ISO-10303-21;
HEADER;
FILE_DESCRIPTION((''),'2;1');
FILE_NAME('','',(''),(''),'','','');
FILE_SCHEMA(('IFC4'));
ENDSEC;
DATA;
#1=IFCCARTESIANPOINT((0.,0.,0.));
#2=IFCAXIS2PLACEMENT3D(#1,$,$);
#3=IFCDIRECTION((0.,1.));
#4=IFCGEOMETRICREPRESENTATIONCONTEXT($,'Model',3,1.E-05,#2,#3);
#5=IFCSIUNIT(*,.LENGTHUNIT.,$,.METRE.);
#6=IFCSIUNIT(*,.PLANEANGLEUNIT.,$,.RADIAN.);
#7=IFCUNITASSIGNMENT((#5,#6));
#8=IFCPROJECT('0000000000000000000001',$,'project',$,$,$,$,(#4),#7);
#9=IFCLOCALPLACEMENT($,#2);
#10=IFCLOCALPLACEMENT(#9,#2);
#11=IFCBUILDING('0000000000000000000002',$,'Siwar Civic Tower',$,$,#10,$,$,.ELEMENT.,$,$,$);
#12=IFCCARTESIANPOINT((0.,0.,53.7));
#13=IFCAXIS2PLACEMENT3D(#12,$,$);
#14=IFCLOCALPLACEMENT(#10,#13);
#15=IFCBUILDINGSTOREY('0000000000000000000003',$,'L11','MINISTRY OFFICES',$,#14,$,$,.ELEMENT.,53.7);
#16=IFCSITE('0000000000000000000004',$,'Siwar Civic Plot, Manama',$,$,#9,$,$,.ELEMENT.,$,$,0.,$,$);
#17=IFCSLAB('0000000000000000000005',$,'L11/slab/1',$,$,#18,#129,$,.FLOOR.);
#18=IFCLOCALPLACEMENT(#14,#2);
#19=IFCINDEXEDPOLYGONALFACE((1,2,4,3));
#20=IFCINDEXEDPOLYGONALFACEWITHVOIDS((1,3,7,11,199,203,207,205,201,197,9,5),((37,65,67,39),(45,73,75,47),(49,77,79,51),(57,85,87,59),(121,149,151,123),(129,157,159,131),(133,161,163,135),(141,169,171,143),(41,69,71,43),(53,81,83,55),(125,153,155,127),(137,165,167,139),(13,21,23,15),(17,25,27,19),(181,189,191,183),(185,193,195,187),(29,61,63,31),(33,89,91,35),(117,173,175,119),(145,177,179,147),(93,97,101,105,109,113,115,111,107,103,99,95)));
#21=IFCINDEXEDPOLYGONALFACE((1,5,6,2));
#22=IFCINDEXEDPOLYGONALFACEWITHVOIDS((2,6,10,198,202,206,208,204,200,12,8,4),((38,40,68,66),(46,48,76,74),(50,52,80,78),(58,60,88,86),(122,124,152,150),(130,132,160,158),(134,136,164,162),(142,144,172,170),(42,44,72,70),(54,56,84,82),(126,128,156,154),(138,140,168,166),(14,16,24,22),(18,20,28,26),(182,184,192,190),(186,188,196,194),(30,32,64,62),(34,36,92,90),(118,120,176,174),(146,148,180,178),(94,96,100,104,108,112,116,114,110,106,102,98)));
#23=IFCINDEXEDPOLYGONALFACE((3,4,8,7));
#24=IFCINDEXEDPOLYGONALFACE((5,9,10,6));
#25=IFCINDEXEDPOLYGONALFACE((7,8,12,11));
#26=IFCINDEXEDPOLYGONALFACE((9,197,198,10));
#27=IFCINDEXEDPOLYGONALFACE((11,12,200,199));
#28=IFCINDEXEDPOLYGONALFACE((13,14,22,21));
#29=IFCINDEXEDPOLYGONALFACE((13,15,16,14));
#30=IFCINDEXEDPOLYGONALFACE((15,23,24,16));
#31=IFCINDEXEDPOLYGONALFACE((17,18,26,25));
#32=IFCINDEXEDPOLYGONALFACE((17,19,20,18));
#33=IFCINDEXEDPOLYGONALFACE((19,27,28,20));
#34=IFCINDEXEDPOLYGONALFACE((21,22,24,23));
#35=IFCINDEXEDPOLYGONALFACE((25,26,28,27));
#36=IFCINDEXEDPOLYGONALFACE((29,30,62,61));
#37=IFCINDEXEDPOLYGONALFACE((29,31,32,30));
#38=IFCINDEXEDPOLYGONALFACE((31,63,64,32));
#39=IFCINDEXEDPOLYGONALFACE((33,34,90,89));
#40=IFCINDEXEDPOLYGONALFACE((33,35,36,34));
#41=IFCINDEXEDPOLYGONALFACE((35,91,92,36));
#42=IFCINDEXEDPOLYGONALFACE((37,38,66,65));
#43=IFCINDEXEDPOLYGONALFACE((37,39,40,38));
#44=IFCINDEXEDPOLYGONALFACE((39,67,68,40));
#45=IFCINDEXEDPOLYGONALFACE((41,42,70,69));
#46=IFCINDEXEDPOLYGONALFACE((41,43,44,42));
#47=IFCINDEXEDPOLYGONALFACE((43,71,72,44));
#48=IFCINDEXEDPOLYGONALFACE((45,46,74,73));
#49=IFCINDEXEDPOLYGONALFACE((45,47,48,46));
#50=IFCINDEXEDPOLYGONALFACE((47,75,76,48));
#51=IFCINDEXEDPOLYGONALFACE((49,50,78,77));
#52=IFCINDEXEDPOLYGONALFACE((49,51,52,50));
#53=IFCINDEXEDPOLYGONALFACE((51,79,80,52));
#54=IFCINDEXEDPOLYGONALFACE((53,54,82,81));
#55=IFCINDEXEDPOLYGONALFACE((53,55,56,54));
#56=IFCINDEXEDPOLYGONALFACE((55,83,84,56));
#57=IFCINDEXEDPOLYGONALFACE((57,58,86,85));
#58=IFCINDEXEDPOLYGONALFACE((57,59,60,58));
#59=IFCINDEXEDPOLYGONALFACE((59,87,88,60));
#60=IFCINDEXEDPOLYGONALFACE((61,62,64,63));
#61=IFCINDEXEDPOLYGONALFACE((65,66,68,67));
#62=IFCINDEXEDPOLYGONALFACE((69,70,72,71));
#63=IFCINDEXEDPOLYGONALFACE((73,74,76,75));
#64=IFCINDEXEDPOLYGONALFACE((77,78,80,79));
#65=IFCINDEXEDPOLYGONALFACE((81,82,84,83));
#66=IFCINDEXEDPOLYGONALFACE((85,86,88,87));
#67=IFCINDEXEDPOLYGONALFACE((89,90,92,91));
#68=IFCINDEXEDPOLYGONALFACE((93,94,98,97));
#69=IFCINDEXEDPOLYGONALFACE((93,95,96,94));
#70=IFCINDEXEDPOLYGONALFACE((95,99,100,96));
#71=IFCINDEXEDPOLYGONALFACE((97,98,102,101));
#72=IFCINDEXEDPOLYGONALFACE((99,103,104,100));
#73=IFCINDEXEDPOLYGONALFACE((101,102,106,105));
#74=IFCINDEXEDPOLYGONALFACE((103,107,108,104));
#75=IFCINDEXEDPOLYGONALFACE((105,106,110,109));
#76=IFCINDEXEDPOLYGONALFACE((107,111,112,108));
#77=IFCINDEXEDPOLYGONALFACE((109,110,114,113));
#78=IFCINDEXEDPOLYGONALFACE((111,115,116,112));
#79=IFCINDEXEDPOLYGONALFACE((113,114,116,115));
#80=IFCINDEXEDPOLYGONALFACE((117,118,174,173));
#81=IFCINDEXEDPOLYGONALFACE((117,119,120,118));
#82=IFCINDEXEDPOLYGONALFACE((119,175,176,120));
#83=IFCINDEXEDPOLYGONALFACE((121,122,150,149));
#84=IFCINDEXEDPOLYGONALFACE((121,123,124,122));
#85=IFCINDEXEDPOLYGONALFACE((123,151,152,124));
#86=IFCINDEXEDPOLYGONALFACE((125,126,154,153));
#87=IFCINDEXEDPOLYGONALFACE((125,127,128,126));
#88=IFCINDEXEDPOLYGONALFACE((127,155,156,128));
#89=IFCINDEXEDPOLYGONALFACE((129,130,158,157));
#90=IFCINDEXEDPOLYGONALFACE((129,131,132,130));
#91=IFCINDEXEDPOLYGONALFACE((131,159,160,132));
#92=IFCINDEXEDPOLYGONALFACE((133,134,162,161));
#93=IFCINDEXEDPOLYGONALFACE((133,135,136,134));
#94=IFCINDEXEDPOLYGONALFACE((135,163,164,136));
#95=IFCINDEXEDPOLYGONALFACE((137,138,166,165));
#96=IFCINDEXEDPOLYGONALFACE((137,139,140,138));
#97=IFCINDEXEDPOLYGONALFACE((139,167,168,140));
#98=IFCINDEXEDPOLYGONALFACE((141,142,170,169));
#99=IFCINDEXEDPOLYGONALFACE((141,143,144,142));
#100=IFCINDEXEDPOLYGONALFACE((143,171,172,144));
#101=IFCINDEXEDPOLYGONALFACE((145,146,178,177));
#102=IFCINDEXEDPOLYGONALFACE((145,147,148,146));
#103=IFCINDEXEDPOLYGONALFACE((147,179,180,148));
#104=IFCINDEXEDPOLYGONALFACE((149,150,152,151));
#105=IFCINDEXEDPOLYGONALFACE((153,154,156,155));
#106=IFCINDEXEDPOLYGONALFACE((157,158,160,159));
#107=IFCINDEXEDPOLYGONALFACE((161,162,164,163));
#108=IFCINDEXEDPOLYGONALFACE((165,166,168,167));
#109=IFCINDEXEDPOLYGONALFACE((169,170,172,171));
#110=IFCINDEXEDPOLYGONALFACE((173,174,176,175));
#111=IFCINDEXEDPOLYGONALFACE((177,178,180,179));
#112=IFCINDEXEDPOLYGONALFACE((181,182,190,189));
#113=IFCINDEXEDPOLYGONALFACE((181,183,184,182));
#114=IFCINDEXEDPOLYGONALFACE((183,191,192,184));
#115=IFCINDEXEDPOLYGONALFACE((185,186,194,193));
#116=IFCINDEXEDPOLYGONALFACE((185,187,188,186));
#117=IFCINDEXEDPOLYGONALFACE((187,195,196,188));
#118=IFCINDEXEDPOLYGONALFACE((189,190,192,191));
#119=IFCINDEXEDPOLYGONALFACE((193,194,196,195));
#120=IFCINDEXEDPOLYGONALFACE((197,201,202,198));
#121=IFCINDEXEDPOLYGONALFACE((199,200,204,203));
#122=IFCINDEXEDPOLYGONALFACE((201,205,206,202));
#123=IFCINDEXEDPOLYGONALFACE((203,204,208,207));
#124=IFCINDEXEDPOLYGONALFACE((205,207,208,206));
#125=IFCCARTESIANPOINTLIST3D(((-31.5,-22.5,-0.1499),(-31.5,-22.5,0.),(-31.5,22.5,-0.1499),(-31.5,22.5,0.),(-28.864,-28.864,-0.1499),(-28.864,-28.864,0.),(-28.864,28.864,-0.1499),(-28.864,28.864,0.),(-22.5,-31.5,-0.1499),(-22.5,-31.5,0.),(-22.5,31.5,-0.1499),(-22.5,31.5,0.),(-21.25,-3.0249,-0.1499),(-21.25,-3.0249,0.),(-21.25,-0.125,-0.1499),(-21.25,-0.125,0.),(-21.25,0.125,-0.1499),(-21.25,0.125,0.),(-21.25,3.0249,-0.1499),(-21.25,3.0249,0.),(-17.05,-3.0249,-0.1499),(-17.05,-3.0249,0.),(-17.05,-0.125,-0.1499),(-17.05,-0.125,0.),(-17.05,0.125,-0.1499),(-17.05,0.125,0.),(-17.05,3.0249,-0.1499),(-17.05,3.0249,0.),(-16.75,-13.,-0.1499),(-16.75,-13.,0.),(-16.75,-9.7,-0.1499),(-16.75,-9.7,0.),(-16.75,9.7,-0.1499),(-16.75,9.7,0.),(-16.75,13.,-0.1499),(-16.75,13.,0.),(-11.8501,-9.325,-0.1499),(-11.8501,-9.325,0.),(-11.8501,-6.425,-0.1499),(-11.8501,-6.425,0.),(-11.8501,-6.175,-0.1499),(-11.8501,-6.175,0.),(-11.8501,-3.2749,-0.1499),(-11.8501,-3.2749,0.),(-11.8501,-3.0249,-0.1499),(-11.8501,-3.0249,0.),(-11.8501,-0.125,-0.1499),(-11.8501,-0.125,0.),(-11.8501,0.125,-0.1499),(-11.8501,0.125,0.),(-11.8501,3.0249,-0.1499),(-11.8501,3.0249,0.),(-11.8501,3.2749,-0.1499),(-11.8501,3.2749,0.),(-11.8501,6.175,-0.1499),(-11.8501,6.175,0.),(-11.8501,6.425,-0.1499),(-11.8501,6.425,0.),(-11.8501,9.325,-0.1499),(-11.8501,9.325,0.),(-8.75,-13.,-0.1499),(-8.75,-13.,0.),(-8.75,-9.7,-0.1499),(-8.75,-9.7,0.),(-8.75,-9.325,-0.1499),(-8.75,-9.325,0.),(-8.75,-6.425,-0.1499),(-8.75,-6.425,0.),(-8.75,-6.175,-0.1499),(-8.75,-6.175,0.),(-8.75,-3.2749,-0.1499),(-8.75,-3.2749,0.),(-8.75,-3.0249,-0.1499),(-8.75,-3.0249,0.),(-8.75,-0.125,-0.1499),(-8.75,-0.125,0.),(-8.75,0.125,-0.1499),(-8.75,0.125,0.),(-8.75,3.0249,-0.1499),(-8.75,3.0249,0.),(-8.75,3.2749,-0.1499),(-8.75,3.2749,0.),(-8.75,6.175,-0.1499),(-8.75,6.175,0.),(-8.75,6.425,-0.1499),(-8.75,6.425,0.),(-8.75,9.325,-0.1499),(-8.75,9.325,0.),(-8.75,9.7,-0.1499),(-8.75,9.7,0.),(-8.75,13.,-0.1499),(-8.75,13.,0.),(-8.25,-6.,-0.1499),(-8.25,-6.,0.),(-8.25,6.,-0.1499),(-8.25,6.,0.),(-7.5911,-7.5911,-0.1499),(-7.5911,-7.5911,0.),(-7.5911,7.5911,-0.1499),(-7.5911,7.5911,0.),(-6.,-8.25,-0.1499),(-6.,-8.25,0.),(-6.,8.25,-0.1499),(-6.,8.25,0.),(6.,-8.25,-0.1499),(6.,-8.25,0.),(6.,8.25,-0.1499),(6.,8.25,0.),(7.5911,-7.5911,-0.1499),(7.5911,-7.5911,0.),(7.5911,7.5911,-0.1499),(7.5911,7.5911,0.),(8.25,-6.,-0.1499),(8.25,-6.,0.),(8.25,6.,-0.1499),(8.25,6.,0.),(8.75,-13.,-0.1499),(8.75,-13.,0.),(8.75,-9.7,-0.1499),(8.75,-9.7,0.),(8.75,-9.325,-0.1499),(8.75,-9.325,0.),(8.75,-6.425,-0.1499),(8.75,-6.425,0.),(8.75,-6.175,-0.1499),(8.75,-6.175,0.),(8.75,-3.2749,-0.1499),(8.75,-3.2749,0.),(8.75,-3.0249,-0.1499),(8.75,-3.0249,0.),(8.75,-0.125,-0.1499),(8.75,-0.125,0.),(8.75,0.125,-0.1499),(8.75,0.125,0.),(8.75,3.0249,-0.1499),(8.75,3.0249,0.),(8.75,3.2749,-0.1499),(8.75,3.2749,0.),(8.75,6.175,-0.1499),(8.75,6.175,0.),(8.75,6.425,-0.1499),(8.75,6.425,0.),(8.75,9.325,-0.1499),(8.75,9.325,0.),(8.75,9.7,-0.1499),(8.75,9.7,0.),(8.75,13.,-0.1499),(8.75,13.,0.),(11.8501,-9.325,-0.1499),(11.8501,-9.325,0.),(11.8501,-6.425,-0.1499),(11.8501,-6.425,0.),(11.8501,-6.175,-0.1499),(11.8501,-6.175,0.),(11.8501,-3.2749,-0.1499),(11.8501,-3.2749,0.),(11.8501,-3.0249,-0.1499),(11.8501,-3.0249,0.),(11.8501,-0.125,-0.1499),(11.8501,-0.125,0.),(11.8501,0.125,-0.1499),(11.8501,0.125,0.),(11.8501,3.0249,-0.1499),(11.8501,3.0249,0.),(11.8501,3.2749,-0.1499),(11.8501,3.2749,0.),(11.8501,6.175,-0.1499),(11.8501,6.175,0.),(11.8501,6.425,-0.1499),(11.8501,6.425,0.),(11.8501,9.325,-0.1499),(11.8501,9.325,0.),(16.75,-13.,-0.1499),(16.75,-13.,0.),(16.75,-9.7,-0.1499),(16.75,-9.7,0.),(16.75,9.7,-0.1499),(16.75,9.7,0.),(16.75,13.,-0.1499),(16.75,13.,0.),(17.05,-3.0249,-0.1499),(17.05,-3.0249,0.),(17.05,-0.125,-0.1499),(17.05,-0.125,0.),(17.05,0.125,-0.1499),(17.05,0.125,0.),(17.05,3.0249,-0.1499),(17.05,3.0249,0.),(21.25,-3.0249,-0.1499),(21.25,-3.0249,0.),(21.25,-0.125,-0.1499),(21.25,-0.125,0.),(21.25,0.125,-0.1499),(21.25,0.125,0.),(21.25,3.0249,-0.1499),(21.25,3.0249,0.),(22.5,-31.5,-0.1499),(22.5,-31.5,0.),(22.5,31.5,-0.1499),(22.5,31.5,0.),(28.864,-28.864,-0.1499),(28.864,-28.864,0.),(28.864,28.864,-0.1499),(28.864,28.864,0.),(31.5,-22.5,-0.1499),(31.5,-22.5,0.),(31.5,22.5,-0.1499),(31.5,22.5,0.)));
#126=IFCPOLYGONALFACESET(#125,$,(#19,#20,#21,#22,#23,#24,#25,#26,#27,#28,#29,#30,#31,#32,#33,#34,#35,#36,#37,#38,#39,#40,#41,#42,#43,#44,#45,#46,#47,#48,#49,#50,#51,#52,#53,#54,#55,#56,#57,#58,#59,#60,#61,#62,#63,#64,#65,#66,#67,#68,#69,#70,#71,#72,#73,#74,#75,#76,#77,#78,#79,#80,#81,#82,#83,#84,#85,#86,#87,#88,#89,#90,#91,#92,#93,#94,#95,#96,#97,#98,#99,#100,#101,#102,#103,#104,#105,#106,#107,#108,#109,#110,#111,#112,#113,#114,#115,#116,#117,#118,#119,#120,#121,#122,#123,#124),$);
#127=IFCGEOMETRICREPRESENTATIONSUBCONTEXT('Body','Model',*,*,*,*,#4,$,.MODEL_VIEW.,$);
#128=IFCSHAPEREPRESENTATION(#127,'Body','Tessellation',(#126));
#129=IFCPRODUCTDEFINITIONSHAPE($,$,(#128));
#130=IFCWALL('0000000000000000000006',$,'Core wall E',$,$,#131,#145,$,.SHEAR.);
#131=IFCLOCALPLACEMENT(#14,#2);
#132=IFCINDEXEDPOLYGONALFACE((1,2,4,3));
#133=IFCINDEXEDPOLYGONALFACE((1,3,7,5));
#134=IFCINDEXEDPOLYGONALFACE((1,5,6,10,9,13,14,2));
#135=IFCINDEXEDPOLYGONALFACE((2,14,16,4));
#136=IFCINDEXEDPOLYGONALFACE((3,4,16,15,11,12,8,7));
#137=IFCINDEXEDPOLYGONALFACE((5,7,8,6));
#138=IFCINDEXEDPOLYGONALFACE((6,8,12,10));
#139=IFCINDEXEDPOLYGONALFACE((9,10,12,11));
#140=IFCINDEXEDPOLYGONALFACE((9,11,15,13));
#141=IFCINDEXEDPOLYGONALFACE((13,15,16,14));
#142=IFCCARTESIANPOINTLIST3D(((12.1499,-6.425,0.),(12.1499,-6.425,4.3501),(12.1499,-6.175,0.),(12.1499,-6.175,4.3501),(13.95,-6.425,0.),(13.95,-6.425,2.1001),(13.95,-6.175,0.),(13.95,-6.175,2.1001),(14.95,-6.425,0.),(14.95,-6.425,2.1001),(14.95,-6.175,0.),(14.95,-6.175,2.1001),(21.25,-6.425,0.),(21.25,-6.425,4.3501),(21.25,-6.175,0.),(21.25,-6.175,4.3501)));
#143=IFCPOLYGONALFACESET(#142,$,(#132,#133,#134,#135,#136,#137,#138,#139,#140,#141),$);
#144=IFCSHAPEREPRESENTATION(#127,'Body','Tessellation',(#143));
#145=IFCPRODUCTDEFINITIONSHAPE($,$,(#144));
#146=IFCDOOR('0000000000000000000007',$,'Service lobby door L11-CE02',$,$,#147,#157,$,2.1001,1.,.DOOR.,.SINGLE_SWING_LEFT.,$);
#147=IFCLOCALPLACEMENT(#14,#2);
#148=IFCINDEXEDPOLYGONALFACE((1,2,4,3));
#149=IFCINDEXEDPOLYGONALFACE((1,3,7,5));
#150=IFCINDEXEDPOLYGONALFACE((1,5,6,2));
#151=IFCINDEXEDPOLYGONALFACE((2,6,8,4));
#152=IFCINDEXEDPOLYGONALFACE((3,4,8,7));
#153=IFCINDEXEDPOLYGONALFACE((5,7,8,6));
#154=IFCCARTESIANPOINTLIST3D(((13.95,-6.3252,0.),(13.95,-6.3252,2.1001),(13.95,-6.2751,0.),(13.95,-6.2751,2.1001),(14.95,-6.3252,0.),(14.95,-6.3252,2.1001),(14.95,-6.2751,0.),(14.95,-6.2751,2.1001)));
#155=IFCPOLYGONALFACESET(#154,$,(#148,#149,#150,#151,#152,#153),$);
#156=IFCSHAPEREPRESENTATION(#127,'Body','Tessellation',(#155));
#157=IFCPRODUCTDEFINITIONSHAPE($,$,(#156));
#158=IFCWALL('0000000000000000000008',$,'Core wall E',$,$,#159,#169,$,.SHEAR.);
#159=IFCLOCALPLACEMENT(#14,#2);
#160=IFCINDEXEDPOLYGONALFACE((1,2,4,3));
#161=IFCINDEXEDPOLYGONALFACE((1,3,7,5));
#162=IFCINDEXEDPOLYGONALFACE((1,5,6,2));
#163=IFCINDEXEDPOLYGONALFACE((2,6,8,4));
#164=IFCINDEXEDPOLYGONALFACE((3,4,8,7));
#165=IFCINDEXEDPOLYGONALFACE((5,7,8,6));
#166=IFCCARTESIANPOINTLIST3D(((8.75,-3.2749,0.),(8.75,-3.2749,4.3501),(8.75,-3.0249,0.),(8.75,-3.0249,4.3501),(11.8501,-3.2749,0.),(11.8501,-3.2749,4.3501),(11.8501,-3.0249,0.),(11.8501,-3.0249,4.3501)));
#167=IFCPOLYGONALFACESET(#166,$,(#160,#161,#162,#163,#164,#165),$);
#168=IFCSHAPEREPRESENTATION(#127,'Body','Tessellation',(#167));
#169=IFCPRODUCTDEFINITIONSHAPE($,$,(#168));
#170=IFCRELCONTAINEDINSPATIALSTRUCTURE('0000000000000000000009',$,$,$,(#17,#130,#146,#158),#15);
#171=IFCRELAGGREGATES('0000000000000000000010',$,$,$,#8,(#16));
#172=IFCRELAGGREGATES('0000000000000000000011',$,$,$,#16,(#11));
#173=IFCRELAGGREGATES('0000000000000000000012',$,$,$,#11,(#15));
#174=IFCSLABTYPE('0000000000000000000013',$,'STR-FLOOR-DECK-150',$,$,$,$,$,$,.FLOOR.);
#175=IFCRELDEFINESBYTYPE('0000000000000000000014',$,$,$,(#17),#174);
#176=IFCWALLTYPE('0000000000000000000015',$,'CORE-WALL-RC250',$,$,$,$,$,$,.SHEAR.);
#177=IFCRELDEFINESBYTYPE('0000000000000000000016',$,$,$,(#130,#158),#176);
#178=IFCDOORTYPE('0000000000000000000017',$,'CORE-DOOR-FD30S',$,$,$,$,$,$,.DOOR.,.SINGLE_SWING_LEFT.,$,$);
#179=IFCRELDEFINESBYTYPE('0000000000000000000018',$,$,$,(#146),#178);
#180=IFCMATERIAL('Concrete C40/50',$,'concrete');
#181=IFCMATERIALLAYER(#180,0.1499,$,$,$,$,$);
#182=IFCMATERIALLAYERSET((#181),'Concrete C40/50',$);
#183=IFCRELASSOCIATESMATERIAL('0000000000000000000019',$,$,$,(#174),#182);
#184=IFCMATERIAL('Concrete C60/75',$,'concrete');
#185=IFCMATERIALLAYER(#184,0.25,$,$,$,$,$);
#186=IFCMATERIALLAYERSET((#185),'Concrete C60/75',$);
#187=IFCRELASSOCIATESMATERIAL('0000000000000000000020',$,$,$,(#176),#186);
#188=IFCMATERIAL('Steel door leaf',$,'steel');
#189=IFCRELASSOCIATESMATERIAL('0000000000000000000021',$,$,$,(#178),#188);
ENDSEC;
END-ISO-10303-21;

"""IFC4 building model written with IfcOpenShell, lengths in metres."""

from ifc_helpers import new_model, si_unit, direction, frame, frame_2d, origin, place, context, subcontext, project, spatial, polyline, rectangle, outline, extrude, material, layer, layer_set, type_object, element, fill, save


model = new_model("IFC4")

# Units and contexts
model_context = context("Model", 3, precision=1e-05, world=origin(), true_north=direction((0.0, 1.0)))
body_context = subcontext(model_context, "Body", "Model", "MODEL_VIEW")
ifc_project = project(units=[si_unit("LENGTHUNIT", "METRE"), si_unit("PLANEANGLEUNIT", "RADIAN")], contexts=[model_context])

# Site, building, storey
site_placement = place(None, origin())
site = spatial("IfcSite", under=ifc_project, at=site_placement, Name="Siwar Civic Plot, Manama", CompositionType="ELEMENT", RefElevation=0.0)
building_placement = place(site_placement, origin())
building = spatial("IfcBuilding", under=site, at=building_placement, Name="Siwar Civic Tower", CompositionType="ELEMENT")
storey_placement = place(building_placement, frame((0.0, 0.0, 53.7)))
storey = spatial("IfcBuildingStorey", under=building, at=storey_placement, Name="L11", Description="MINISTRY OFFICES", CompositionType="ELEMENT", Elevation=53.7)

# Slab
ifc_material_1 = material(Name="Concrete C40/50", Category="concrete")
ifc_layer_1 = layer(ifc_material_1, 0.1499)
ifc_layer_set_1 = layer_set([ifc_layer_1], Name="Concrete C40/50")
slab_type_1 = type_object("IfcSlabType", Name="STR-FLOOR-DECK-150", PredefinedType="FLOOR", material=ifc_layer_set_1)
slab_1_placement = place(storey_placement, frame((0.0, 0.0, -0.1499)))
element("IfcSlab", 1, at=slab_1_placement, inside=storey, type_object=slab_type_1, Name="L11/slab/1", PredefinedType="FLOOR", context=body_context, shape_type="SweptSolid", body=[
    extrude(outline(polyline([(-22.5, -31.5), (22.5, -31.5), (28.864, -28.864), (31.5, -22.5), (31.5, 22.5), (28.864, 28.864), (22.5, 31.5), (-22.5, 31.5), (-28.864, 28.864), (-31.5, 22.5), (-31.5, -22.5), (-28.864, -28.864), (-22.5, -31.5)]), holes=[polyline([(21.25, 3.0249), (21.25, 0.125), (17.05, 0.125), (17.05, 3.0249), (21.25, 3.0249)]), polyline([(17.05, -0.125), (21.25, -0.125), (21.25, -3.0249), (17.05, -3.0249), (17.05, -0.125)]), polyline([(16.75, 13.0), (16.75, 9.7), (8.75, 9.7), (8.75, 13.0), (16.75, 13.0)]), polyline([(8.75, -9.7), (16.75, -9.7), (16.75, -13.0), (8.75, -13.0), (8.75, -9.7)]), polyline([(11.8501, 9.325), (11.8501, 6.425), (8.75, 6.425), (8.75, 9.325), (11.8501, 9.325)]), polyline([(11.8501, 3.0249), (11.8501, 0.125), (8.75, 0.125), (8.75, 3.0249), (11.8501, 3.0249)]), polyline([(11.8501, -0.125), (11.8501, -3.0249), (8.75, -3.0249), (8.75, -0.125), (11.8501, -0.125)]), polyline([(11.8501, -3.2749), (11.8501, -6.175), (8.75, -6.175), (8.75, -3.2749), (11.8501, -3.2749)]), polyline([(8.75, 6.175), (11.8501, 6.175), (11.8501, 3.2749), (8.75, 3.2749), (8.75, 6.175)]), polyline([(8.75, -6.425), (11.8501, -6.425), (11.8501, -9.325), (8.75, -9.325), (8.75, -6.425)]), polyline([(-6.0, 8.25), (6.0, 8.25), (7.5911, 7.5911), (8.25, 6.0), (8.25, -6.0), (7.5911, -7.5911), (6.0, -8.25), (-6.0, -8.25), (-7.5911, -7.5911), (-8.25, -6.0), (-8.25, 6.0), (-7.5911, 7.5911), (-6.0, 8.25)]), polyline([(-8.75, 9.7), (-16.75, 9.7), (-16.75, 13.0), (-8.75, 13.0), (-8.75, 9.7)]), polyline([(-8.75, 0.125), (-11.8501, 0.125), (-11.8501, 3.0249), (-8.75, 3.0249), (-8.75, 0.125)]), polyline([(-8.75, -6.175), (-11.8501, -6.175), (-11.8501, -3.2749), (-8.75, -3.2749), (-8.75, -6.175)]), polyline([(-8.75, -9.325), (-11.8501, -9.325), (-11.8501, -6.425), (-8.75, -6.425), (-8.75, -9.325)]), polyline([(-8.75, -13.0), (-16.75, -13.0), (-16.75, -9.7), (-8.75, -9.7), (-8.75, -13.0)]), polyline([(-11.8501, 6.425), (-11.8501, 9.325), (-8.75, 9.325), (-8.75, 6.425), (-11.8501, 6.425)]), polyline([(-11.8501, 3.2749), (-11.8501, 6.175), (-8.75, 6.175), (-8.75, 3.2749), (-11.8501, 3.2749)]), polyline([(-11.8501, -3.0249), (-11.8501, -0.125), (-8.75, -0.125), (-8.75, -3.0249), (-11.8501, -3.0249)]), polyline([(-21.25, -3.0249), (-21.25, -0.125), (-17.05, -0.125), (-17.05, -3.0249), (-21.25, -3.0249)]), polyline([(-17.05, 0.125), (-21.25, 0.125), (-21.25, 3.0249), (-17.05, 3.0249), (-17.05, 0.125)])]), origin(), (0.0, 0.0, 1.0), 0.1499),
])

# Wall, opening, door
ifc_material_2 = material(Name="Concrete C60/75", Category="concrete")
ifc_layer_2 = layer(ifc_material_2, 0.25)
ifc_layer_set_2 = layer_set([ifc_layer_2], Name="Concrete C60/75")
wall_type_1 = type_object("IfcWallType", Name="CORE-WALL-RC250", PredefinedType="SHEAR", material=ifc_layer_set_2)
wall_1_placement = place(storey_placement, frame((12.1499, -6.3, 0.0), z_axis=(0.0, 0.0, 1.0), x_axis=(1.0, 0.0, 0.0)))
wall_1 = element("IfcWall", 2, at=wall_1_placement, inside=storey, type_object=wall_type_1, Name="Core wall E", PredefinedType="SHEAR", context=body_context, shape_type="SweptSolid", body=[
    extrude(rectangle(XDim=9.1001, YDim=0.25, at=frame_2d((4.55, 0.0))), origin(), (0.0, 0.0, 1.0), 4.3501),
])
opening_placement = place(wall_1_placement, frame((1.8, 0.0, 0.0)))
opening = element("IfcOpeningElement", 3, at=opening_placement, cuts=wall_1, PredefinedType="OPENING", context=body_context, shape_type="SweptSolid", body=[
    extrude(rectangle(XDim=1.0, YDim=2.1001, at=frame_2d((0.5, 1.05))), frame((0.0, 0.135, 0.0), z_axis=(0.0, -1.0, 0.0), x_axis=(1.0, 0.0, 0.0)), (0.0, 0.0, 1.0), 0.27),
])
ifc_material_3 = material(Name="Steel door leaf", Category="steel")
door_type = type_object("IfcDoorType", Name="CORE-DOOR-FD30S", OperationType="SINGLE_SWING_LEFT", PredefinedType="DOOR", material=ifc_material_3)
door_placement = place(opening_placement, origin())
door = element("IfcDoor", 4, at=door_placement, inside=storey, type_object=door_type, Name="Service lobby door L11-CE02", OperationType="SINGLE_SWING_LEFT", OverallHeight=2.1001, OverallWidth=1.0, PredefinedType="DOOR", context=body_context, shape_type="SweptSolid", body=[
    extrude(rectangle(XDim=1.0, YDim=2.1001, at=frame_2d((0.5, 1.05))), frame((0.0, 0.0249, 0.0), z_axis=(0.0, -1.0, 0.0), x_axis=(1.0, 0.0, 0.0)), (0.0, 0.0, 1.0), 0.05),
])
fill(opening, door)

# Wall
for number, where, z_axis, x_axis, name in (
    (5, (8.75, -3.1499, 0.0), (0.0, 0.0, 1.0), (1.0, 0.0, 0.0), "Core wall E"),
):
    element("IfcWall", number, at=place(storey_placement, frame(where, z_axis=z_axis, x_axis=x_axis)), inside=storey, type_object=wall_type_1, Name=name, PredefinedType="SHEAR", context=body_context, shape_type="SweptSolid", body=[
        extrude(rectangle(XDim=3.1001, YDim=0.25, at=frame_2d((1.55, 0.0))), origin(), (0.0, 0.0, 1.0), 4.3501),
    ])

save(model, "model.ifc")
